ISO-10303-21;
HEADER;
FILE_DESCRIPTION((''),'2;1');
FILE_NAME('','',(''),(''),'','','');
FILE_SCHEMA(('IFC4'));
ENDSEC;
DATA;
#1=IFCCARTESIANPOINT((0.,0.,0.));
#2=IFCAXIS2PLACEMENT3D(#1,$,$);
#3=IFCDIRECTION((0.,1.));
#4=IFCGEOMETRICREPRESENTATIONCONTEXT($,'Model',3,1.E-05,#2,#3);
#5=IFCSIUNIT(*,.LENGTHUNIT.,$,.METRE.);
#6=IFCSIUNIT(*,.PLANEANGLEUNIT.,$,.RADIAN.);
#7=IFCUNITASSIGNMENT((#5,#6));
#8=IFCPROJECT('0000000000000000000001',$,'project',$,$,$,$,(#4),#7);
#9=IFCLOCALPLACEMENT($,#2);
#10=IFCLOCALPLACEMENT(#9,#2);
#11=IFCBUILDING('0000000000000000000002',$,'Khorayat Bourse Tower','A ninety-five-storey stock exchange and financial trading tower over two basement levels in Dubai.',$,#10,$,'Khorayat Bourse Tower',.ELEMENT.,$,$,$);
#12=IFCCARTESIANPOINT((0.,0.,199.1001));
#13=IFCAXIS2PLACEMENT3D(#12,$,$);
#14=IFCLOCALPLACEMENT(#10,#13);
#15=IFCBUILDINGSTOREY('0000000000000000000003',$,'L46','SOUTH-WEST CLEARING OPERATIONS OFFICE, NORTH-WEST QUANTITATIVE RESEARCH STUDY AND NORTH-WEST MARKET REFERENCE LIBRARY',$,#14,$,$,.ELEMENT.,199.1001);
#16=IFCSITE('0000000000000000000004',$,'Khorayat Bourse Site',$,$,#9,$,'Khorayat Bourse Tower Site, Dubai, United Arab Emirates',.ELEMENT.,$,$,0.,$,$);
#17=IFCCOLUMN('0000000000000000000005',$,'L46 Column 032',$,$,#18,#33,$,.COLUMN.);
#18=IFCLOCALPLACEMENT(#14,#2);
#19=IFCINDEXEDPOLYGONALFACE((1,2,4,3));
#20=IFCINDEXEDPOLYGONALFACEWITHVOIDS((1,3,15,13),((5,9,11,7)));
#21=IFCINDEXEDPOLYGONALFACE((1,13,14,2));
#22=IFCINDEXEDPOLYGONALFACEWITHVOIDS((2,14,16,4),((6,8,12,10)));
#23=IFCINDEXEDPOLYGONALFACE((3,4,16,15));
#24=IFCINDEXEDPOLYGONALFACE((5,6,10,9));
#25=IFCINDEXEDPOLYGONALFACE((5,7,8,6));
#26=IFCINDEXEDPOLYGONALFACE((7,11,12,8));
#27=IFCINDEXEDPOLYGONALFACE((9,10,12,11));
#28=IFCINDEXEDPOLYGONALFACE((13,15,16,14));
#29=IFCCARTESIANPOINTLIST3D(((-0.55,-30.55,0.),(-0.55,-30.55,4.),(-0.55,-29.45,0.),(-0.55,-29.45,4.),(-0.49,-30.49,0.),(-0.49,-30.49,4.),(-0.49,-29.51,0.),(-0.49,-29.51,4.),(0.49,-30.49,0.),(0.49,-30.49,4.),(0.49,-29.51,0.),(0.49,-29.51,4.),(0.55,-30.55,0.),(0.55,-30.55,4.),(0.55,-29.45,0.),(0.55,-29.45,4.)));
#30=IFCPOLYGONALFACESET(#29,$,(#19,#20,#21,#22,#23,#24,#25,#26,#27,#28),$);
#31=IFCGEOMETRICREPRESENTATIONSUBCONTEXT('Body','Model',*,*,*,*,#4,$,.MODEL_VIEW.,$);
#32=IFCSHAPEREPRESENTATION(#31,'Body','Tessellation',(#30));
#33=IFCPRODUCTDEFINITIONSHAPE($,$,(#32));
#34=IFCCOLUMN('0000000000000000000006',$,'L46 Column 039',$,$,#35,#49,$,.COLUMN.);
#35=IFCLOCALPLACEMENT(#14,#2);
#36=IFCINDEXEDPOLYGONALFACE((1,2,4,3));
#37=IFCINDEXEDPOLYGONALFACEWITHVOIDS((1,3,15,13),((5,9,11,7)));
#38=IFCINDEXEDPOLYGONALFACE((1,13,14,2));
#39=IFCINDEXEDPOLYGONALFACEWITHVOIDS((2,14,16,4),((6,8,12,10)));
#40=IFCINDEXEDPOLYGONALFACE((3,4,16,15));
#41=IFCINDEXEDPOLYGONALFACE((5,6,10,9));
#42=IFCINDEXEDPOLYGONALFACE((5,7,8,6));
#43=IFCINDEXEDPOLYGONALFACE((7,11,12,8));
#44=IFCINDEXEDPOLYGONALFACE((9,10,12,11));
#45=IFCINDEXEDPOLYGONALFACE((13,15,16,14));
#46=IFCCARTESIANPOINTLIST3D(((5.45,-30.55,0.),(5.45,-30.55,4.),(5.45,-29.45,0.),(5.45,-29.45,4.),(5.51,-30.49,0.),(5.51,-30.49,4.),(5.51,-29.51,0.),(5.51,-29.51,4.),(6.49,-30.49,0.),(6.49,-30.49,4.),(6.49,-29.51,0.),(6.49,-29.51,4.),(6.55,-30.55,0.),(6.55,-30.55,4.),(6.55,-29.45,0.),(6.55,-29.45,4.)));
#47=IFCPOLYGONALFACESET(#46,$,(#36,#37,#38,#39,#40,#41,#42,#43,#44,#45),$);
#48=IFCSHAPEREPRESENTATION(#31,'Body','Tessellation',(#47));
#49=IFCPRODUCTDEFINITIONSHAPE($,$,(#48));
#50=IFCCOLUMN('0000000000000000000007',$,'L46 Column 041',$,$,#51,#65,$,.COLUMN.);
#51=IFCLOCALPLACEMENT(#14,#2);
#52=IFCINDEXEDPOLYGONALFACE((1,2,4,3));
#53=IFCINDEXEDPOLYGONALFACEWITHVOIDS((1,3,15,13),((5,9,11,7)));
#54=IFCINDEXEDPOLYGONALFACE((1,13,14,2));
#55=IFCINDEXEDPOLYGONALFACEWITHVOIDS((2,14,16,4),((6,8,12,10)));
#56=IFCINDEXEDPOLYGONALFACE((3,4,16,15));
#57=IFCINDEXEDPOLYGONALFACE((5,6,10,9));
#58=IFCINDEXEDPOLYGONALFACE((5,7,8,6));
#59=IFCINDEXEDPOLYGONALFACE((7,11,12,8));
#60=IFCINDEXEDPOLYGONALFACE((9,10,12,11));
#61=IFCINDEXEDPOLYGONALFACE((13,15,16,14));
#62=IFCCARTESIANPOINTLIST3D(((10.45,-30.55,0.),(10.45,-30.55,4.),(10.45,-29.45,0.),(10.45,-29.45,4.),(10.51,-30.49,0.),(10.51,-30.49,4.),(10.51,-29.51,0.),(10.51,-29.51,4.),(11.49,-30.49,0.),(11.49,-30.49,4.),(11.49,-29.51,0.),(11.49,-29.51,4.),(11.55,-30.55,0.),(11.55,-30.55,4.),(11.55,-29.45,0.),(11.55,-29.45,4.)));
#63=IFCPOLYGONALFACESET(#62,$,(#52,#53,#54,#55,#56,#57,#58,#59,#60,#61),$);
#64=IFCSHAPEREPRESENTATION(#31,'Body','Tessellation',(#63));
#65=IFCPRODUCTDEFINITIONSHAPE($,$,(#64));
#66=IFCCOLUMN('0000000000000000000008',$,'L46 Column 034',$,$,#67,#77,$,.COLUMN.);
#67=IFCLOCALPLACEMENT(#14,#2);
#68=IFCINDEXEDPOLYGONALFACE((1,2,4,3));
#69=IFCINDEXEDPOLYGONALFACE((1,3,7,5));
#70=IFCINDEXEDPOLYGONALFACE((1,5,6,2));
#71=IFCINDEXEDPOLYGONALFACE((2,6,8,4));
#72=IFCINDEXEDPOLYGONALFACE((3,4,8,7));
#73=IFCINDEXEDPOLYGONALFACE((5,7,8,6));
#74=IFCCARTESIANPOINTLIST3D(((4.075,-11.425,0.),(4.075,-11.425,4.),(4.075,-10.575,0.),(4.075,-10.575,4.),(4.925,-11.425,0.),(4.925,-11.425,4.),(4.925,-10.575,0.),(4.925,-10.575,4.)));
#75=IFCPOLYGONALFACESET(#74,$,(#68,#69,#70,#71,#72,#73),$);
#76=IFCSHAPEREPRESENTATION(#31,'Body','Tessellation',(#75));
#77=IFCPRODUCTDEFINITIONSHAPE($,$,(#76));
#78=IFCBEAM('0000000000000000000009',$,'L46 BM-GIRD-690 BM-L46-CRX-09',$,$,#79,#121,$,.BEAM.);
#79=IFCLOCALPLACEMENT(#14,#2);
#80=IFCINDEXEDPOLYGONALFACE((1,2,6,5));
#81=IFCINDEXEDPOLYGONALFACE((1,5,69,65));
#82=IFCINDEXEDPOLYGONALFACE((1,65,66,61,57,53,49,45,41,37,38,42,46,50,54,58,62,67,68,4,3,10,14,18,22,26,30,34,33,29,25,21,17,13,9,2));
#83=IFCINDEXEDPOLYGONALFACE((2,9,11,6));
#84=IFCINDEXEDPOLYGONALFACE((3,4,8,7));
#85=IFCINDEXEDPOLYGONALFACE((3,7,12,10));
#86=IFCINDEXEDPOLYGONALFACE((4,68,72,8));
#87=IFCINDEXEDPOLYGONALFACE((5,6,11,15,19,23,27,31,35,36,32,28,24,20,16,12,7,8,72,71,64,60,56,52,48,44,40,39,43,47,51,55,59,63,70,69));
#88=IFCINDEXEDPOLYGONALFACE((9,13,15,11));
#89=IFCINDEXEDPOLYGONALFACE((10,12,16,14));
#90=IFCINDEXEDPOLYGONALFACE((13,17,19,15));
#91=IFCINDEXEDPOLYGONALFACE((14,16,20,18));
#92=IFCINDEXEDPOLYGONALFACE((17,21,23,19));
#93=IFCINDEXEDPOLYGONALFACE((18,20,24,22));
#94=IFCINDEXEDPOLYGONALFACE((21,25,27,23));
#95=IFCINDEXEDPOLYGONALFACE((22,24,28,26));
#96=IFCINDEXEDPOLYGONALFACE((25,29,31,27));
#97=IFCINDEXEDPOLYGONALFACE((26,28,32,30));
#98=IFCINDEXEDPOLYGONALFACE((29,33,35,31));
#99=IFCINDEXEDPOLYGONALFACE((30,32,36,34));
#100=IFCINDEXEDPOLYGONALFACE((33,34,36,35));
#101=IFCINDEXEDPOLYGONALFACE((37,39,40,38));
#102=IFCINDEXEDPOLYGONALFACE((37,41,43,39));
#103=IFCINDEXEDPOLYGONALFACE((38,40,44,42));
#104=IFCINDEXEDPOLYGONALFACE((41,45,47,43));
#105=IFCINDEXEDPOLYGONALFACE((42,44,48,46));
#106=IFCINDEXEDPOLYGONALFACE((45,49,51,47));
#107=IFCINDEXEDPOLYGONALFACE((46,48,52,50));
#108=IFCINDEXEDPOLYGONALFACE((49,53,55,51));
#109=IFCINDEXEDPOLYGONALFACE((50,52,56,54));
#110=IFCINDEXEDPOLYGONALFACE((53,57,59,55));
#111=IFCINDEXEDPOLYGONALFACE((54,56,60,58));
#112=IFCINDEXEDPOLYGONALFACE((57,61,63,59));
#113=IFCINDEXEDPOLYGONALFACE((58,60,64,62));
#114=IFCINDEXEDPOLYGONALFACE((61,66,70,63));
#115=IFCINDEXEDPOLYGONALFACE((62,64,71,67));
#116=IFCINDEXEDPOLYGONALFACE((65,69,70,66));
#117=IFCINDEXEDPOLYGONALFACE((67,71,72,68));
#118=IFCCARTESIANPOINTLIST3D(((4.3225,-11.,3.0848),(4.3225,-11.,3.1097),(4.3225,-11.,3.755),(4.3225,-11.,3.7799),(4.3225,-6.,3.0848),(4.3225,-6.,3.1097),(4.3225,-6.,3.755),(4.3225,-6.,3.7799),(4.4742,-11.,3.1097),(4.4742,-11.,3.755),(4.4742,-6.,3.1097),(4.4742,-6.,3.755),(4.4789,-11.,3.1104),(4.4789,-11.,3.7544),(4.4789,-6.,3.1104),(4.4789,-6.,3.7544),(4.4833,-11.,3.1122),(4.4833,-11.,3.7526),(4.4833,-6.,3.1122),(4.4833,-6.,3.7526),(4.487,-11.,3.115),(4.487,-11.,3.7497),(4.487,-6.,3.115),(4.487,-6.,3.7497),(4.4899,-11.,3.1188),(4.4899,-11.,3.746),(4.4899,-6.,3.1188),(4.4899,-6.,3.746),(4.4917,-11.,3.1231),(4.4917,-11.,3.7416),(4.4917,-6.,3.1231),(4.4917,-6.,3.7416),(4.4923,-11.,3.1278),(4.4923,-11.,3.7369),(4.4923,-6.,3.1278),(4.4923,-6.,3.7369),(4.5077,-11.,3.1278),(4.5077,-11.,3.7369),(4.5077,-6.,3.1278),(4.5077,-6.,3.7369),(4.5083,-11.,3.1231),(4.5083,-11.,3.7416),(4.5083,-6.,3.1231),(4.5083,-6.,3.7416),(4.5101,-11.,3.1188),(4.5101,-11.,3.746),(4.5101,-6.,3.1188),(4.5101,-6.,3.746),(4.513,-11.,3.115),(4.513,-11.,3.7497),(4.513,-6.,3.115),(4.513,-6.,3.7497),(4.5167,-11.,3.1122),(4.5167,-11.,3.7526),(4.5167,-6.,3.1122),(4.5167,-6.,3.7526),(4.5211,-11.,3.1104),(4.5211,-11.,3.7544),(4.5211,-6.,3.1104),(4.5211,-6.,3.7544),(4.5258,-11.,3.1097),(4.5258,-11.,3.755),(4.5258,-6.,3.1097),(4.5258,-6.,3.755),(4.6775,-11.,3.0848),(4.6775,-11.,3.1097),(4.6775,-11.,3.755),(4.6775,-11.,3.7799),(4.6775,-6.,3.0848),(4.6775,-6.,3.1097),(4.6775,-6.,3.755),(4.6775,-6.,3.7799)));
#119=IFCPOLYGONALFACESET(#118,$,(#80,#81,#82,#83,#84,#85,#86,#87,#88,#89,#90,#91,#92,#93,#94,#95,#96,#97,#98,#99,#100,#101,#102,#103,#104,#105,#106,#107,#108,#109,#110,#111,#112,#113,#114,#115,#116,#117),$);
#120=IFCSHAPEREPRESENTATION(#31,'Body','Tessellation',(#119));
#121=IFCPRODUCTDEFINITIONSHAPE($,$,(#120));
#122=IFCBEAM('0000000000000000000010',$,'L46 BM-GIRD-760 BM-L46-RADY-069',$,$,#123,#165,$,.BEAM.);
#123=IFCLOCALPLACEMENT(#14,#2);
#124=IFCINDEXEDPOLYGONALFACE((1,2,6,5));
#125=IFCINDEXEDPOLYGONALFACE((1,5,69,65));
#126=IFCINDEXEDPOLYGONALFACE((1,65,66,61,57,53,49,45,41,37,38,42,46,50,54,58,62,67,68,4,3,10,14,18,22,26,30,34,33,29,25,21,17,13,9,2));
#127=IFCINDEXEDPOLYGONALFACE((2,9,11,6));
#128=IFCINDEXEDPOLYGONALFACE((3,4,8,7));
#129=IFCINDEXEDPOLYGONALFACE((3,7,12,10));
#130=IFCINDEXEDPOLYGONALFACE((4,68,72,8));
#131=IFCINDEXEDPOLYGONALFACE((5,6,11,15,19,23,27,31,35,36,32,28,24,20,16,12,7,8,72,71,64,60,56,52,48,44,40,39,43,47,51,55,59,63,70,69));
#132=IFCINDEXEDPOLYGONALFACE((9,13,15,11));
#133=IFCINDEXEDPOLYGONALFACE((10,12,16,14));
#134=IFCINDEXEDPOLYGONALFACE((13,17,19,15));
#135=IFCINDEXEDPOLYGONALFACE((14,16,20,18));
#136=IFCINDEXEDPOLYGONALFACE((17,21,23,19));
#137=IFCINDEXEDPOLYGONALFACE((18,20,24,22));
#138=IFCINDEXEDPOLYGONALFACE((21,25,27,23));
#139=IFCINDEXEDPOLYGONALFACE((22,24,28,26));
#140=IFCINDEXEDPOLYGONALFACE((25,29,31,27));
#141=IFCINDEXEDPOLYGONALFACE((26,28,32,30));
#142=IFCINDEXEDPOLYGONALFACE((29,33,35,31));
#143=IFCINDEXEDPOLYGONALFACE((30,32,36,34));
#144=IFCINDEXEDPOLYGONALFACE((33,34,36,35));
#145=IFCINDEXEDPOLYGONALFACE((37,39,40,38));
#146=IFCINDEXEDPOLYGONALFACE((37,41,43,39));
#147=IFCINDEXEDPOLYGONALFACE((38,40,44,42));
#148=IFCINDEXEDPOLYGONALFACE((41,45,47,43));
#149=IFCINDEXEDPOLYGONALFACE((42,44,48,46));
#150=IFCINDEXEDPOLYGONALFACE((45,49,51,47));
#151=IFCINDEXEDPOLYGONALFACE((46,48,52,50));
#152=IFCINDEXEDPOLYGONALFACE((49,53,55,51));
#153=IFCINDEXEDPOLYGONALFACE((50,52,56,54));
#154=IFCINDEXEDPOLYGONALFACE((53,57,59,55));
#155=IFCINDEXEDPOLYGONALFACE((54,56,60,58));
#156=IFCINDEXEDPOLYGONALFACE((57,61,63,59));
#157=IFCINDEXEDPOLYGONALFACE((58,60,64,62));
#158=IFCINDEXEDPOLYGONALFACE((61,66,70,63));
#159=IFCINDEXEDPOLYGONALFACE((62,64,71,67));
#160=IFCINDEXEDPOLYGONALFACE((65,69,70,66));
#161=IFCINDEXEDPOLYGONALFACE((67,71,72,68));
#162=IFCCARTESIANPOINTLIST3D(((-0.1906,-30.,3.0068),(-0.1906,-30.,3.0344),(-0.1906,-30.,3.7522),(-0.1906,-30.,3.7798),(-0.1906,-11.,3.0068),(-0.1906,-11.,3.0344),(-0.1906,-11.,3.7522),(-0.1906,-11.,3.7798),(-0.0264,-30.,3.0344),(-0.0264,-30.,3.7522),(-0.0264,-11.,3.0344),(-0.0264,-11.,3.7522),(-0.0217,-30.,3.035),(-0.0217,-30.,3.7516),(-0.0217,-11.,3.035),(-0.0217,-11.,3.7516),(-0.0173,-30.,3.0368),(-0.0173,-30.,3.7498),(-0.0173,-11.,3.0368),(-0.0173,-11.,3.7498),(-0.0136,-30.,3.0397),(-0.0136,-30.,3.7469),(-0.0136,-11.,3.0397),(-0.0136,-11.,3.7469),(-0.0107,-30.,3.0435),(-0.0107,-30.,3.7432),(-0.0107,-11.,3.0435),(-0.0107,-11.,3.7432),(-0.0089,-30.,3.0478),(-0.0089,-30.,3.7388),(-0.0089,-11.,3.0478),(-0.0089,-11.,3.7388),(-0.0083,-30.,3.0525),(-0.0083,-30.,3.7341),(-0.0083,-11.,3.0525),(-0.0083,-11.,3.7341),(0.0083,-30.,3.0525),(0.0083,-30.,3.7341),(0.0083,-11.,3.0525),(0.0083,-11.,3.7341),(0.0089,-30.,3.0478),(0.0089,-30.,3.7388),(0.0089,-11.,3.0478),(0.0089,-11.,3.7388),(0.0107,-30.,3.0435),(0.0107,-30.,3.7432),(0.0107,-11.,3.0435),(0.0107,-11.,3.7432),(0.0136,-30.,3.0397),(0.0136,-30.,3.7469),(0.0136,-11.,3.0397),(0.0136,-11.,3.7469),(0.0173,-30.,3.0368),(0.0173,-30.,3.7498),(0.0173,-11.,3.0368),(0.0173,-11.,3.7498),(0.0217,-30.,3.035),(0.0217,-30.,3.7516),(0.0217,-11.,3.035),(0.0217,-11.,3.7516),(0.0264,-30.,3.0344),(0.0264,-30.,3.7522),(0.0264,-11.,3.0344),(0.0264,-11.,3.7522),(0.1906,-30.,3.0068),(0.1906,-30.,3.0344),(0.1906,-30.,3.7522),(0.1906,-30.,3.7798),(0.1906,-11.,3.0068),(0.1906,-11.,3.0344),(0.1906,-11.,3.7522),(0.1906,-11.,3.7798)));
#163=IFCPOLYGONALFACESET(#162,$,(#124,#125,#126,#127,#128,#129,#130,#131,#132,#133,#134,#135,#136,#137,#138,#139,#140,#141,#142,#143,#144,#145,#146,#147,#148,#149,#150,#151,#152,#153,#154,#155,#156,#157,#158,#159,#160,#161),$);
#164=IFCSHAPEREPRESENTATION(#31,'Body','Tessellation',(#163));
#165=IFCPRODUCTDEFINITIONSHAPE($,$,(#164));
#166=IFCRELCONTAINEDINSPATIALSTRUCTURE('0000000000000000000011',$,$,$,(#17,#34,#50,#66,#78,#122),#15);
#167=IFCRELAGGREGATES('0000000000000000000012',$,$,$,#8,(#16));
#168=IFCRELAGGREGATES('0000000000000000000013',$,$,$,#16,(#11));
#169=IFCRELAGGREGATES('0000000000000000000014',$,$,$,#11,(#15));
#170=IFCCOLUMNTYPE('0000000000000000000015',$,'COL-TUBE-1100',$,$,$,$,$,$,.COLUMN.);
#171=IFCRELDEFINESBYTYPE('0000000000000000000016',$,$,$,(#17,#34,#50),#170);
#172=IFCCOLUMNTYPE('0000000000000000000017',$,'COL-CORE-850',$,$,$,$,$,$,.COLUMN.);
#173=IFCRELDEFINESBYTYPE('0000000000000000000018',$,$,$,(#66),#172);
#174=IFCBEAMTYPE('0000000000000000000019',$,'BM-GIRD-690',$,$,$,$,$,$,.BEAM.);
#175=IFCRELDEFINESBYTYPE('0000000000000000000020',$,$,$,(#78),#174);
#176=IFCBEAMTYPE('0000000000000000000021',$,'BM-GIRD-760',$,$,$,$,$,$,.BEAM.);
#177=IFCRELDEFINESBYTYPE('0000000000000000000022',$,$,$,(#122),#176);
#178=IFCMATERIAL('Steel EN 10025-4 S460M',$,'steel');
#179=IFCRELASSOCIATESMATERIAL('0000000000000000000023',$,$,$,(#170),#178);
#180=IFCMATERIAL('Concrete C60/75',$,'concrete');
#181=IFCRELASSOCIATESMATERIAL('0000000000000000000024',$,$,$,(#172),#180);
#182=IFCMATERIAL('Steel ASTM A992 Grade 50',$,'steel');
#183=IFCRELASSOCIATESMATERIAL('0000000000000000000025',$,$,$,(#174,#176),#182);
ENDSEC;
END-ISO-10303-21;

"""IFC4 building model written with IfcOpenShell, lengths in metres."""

from ifc_helpers import new_model, si_unit, direction, frame, origin, origin_2d, place, context, subcontext, project, spatial, rectangle, hollow_rectangle, i_section, extrude, source, transform, mapped, material, material_profile, profile_set, type_object, element, save


model = new_model("IFC4")

# Units and contexts
model_context = context("Model", 3, precision=1e-05, world=origin(), true_north=direction((0.0, 1.0)))
body_context = subcontext(model_context, "Body", "Model", "MODEL_VIEW")
ifc_project = project(units=[si_unit("LENGTHUNIT", "METRE"), si_unit("PLANEANGLEUNIT", "RADIAN")], contexts=[model_context])

# Site, building, storey
site_placement = place(None, origin())
site = spatial("IfcSite", under=ifc_project, at=site_placement, Name="Khorayat Bourse Site", LongName="Khorayat Bourse Tower Site, Dubai, United Arab Emirates", CompositionType="ELEMENT", RefElevation=0.0)
building_placement = place(site_placement, origin())
building = spatial("IfcBuilding", under=site, at=building_placement, Name="Khorayat Bourse Tower", Description="A ninety-five-storey stock exchange and financial trading tower over two basement levels in Dubai.", LongName="Khorayat Bourse Tower", CompositionType="ELEMENT")
storey_placement = place(building_placement, frame((0.0, 0.0, 199.1001)))
storey = spatial("IfcBuildingStorey", under=building, at=storey_placement, Name="L46", Description="SOUTH-WEST CLEARING OPERATIONS OFFICE, NORTH-WEST QUANTITATIVE RESEARCH STUDY AND NORTH-WEST MARKET REFERENCE LIBRARY", CompositionType="ELEMENT", Elevation=199.1001)

# Columns
ifc_material_1 = material(Name="Steel EN 10025-4 S460M", Category="steel")
ifc_material_profile_1 = material_profile(ifc_material_1, hollow_rectangle(XDim=1.1001, YDim=1.1001, WallThickness=0.0601, at=origin_2d()), Name="BOX 1100x1100x60")
ifc_profile_set_1 = profile_set([ifc_material_profile_1], Name="Steel EN 10025-4 S460M")
column_type_1 = type_object("IfcColumnType", Name="COL-TUBE-1100", PredefinedType="COLUMN", material=ifc_profile_set_1)
shared_shape_1 = source(origin(), body_context, "Body", "SweptSolid", [
    extrude(hollow_rectangle(XDim=1.1001, YDim=1.1001, WallThickness=0.0601, at=origin_2d()), origin(), (0.0, 0.0, 1.0), 4.0),
])
for number, where, z_axis, x_axis, name in (
    (1, (0.0, -30.0, 0.0), (0.0, 0.0, 1.0), (1.0, 0.0, 0.0), "L46 Column 032"),
    (2, (6.0, -30.0, 0.0), (0.0, 0.0, 1.0), (1.0, 0.0, 0.0), "L46 Column 039"),
    (3, (11.0, -30.0, 0.0), (0.0, 0.0, 1.0), (1.0, 0.0, 0.0), "L46 Column 041"),
):
    element("IfcColumn", number, at=place(storey_placement, frame(where, z_axis=z_axis, x_axis=x_axis)), inside=storey, type_object=column_type_1, Name=name, PredefinedType="COLUMN", context=body_context, shape_type="MappedRepresentation", body=[
        mapped(shared_shape_1, transform((0.0, 0.0, 0.0), scale=1.0)),
    ])
ifc_material_2 = material(Name="Concrete C60/75", Category="concrete")
ifc_material_profile_2 = material_profile(ifc_material_2, rectangle(XDim=0.8501, YDim=0.8501, at=origin_2d()), Name="RC 850x850")
ifc_profile_set_2 = profile_set([ifc_material_profile_2], Name="Concrete C60/75")
column_type_2 = type_object("IfcColumnType", Name="COL-CORE-850", PredefinedType="COLUMN", material=ifc_profile_set_2)
shared_shape_2 = source(origin(), body_context, "Body", "SweptSolid", [
    extrude(rectangle(XDim=0.8501, YDim=0.8501, at=origin_2d()), origin(), (0.0, 0.0, 1.0), 4.0),
])
column_placement = place(storey_placement, frame((4.5, -11.0, 0.0), z_axis=(0.0, 0.0, 1.0), x_axis=(1.0, 0.0, 0.0)))
element("IfcColumn", 4, at=column_placement, inside=storey, type_object=column_type_2, Name="L46 Column 034", PredefinedType="COLUMN", context=body_context, shape_type="MappedRepresentation", body=[
    mapped(shared_shape_2, transform((0.0, 0.0, 0.0), scale=1.0)),
])

# Beams
ifc_material_3 = material(Name="Steel ASTM A992 Grade 50", Category="steel")
ifc_material_profile_3 = material_profile(ifc_material_3, i_section(OverallWidth=0.355, OverallDepth=0.6951, WebThickness=0.0154, FlangeThickness=0.0249, FilletRadius=0.0181, at=origin_2d()), Name="W690X217")
ifc_profile_set_3 = profile_set([ifc_material_profile_3], Name="Steel ASTM A992 Grade 50")
beam_type_1 = type_object("IfcBeamType", Name="BM-GIRD-690", PredefinedType="BEAM", material=ifc_profile_set_3)
shared_shape_3 = source(origin(), body_context, "Body", "SweptSolid", [
    extrude(i_section(OverallWidth=0.355, OverallDepth=0.6951, WebThickness=0.0154, FlangeThickness=0.0249, FilletRadius=0.0181, at=origin_2d()), origin(), (0.0, 0.0, 1.0), 5.0),
])
beam_1_placement = place(storey_placement, frame((4.5, -11.0, 3.4324), z_axis=(0.0, 1.0, 0.0), x_axis=(-1.0, 0.0, 0.0)))
element("IfcBeam", 5, at=beam_1_placement, inside=storey, type_object=beam_type_1, Name="L46 BM-GIRD-690 BM-L46-CRX-09", PredefinedType="BEAM", context=body_context, shape_type="MappedRepresentation", body=[
    mapped(shared_shape_3, transform((0.0, 0.0, 0.0), scale=1.0)),
])
ifc_material_profile_4 = material_profile(ifc_material_3, i_section(OverallWidth=0.3811, OverallDepth=0.7729, WebThickness=0.0166, FlangeThickness=0.0276, FilletRadius=0.0181, at=origin_2d()), Name="W760X257")
ifc_profile_set_4 = profile_set([ifc_material_profile_4], Name="Steel ASTM A992 Grade 50")
beam_type_2 = type_object("IfcBeamType", Name="BM-GIRD-760", PredefinedType="BEAM", material=ifc_profile_set_4)
shared_shape_4 = source(origin(), body_context, "Body", "SweptSolid", [
    extrude(i_section(OverallWidth=0.3811, OverallDepth=0.7729, WebThickness=0.0166, FlangeThickness=0.0276, FilletRadius=0.0181, at=origin_2d()), origin(), (0.0, 0.0, 1.0), 19.0),
])
for number, where, z_axis, x_axis, name in (
    (6, (0.0, -30.0, 3.3933), (0.0, 1.0, 0.0), (-1.0, 0.0, 0.0), "L46 BM-GIRD-760 BM-L46-RADY-069"),
):
    element("IfcBeam", number, at=place(storey_placement, frame(where, z_axis=z_axis, x_axis=x_axis)), inside=storey, type_object=beam_type_2, Name=name, PredefinedType="BEAM", context=body_context, shape_type="MappedRepresentation", body=[
        mapped(shared_shape_4, transform((0.0, 0.0, 0.0), scale=1.0)),
    ])

save(model, "model.ifc")
